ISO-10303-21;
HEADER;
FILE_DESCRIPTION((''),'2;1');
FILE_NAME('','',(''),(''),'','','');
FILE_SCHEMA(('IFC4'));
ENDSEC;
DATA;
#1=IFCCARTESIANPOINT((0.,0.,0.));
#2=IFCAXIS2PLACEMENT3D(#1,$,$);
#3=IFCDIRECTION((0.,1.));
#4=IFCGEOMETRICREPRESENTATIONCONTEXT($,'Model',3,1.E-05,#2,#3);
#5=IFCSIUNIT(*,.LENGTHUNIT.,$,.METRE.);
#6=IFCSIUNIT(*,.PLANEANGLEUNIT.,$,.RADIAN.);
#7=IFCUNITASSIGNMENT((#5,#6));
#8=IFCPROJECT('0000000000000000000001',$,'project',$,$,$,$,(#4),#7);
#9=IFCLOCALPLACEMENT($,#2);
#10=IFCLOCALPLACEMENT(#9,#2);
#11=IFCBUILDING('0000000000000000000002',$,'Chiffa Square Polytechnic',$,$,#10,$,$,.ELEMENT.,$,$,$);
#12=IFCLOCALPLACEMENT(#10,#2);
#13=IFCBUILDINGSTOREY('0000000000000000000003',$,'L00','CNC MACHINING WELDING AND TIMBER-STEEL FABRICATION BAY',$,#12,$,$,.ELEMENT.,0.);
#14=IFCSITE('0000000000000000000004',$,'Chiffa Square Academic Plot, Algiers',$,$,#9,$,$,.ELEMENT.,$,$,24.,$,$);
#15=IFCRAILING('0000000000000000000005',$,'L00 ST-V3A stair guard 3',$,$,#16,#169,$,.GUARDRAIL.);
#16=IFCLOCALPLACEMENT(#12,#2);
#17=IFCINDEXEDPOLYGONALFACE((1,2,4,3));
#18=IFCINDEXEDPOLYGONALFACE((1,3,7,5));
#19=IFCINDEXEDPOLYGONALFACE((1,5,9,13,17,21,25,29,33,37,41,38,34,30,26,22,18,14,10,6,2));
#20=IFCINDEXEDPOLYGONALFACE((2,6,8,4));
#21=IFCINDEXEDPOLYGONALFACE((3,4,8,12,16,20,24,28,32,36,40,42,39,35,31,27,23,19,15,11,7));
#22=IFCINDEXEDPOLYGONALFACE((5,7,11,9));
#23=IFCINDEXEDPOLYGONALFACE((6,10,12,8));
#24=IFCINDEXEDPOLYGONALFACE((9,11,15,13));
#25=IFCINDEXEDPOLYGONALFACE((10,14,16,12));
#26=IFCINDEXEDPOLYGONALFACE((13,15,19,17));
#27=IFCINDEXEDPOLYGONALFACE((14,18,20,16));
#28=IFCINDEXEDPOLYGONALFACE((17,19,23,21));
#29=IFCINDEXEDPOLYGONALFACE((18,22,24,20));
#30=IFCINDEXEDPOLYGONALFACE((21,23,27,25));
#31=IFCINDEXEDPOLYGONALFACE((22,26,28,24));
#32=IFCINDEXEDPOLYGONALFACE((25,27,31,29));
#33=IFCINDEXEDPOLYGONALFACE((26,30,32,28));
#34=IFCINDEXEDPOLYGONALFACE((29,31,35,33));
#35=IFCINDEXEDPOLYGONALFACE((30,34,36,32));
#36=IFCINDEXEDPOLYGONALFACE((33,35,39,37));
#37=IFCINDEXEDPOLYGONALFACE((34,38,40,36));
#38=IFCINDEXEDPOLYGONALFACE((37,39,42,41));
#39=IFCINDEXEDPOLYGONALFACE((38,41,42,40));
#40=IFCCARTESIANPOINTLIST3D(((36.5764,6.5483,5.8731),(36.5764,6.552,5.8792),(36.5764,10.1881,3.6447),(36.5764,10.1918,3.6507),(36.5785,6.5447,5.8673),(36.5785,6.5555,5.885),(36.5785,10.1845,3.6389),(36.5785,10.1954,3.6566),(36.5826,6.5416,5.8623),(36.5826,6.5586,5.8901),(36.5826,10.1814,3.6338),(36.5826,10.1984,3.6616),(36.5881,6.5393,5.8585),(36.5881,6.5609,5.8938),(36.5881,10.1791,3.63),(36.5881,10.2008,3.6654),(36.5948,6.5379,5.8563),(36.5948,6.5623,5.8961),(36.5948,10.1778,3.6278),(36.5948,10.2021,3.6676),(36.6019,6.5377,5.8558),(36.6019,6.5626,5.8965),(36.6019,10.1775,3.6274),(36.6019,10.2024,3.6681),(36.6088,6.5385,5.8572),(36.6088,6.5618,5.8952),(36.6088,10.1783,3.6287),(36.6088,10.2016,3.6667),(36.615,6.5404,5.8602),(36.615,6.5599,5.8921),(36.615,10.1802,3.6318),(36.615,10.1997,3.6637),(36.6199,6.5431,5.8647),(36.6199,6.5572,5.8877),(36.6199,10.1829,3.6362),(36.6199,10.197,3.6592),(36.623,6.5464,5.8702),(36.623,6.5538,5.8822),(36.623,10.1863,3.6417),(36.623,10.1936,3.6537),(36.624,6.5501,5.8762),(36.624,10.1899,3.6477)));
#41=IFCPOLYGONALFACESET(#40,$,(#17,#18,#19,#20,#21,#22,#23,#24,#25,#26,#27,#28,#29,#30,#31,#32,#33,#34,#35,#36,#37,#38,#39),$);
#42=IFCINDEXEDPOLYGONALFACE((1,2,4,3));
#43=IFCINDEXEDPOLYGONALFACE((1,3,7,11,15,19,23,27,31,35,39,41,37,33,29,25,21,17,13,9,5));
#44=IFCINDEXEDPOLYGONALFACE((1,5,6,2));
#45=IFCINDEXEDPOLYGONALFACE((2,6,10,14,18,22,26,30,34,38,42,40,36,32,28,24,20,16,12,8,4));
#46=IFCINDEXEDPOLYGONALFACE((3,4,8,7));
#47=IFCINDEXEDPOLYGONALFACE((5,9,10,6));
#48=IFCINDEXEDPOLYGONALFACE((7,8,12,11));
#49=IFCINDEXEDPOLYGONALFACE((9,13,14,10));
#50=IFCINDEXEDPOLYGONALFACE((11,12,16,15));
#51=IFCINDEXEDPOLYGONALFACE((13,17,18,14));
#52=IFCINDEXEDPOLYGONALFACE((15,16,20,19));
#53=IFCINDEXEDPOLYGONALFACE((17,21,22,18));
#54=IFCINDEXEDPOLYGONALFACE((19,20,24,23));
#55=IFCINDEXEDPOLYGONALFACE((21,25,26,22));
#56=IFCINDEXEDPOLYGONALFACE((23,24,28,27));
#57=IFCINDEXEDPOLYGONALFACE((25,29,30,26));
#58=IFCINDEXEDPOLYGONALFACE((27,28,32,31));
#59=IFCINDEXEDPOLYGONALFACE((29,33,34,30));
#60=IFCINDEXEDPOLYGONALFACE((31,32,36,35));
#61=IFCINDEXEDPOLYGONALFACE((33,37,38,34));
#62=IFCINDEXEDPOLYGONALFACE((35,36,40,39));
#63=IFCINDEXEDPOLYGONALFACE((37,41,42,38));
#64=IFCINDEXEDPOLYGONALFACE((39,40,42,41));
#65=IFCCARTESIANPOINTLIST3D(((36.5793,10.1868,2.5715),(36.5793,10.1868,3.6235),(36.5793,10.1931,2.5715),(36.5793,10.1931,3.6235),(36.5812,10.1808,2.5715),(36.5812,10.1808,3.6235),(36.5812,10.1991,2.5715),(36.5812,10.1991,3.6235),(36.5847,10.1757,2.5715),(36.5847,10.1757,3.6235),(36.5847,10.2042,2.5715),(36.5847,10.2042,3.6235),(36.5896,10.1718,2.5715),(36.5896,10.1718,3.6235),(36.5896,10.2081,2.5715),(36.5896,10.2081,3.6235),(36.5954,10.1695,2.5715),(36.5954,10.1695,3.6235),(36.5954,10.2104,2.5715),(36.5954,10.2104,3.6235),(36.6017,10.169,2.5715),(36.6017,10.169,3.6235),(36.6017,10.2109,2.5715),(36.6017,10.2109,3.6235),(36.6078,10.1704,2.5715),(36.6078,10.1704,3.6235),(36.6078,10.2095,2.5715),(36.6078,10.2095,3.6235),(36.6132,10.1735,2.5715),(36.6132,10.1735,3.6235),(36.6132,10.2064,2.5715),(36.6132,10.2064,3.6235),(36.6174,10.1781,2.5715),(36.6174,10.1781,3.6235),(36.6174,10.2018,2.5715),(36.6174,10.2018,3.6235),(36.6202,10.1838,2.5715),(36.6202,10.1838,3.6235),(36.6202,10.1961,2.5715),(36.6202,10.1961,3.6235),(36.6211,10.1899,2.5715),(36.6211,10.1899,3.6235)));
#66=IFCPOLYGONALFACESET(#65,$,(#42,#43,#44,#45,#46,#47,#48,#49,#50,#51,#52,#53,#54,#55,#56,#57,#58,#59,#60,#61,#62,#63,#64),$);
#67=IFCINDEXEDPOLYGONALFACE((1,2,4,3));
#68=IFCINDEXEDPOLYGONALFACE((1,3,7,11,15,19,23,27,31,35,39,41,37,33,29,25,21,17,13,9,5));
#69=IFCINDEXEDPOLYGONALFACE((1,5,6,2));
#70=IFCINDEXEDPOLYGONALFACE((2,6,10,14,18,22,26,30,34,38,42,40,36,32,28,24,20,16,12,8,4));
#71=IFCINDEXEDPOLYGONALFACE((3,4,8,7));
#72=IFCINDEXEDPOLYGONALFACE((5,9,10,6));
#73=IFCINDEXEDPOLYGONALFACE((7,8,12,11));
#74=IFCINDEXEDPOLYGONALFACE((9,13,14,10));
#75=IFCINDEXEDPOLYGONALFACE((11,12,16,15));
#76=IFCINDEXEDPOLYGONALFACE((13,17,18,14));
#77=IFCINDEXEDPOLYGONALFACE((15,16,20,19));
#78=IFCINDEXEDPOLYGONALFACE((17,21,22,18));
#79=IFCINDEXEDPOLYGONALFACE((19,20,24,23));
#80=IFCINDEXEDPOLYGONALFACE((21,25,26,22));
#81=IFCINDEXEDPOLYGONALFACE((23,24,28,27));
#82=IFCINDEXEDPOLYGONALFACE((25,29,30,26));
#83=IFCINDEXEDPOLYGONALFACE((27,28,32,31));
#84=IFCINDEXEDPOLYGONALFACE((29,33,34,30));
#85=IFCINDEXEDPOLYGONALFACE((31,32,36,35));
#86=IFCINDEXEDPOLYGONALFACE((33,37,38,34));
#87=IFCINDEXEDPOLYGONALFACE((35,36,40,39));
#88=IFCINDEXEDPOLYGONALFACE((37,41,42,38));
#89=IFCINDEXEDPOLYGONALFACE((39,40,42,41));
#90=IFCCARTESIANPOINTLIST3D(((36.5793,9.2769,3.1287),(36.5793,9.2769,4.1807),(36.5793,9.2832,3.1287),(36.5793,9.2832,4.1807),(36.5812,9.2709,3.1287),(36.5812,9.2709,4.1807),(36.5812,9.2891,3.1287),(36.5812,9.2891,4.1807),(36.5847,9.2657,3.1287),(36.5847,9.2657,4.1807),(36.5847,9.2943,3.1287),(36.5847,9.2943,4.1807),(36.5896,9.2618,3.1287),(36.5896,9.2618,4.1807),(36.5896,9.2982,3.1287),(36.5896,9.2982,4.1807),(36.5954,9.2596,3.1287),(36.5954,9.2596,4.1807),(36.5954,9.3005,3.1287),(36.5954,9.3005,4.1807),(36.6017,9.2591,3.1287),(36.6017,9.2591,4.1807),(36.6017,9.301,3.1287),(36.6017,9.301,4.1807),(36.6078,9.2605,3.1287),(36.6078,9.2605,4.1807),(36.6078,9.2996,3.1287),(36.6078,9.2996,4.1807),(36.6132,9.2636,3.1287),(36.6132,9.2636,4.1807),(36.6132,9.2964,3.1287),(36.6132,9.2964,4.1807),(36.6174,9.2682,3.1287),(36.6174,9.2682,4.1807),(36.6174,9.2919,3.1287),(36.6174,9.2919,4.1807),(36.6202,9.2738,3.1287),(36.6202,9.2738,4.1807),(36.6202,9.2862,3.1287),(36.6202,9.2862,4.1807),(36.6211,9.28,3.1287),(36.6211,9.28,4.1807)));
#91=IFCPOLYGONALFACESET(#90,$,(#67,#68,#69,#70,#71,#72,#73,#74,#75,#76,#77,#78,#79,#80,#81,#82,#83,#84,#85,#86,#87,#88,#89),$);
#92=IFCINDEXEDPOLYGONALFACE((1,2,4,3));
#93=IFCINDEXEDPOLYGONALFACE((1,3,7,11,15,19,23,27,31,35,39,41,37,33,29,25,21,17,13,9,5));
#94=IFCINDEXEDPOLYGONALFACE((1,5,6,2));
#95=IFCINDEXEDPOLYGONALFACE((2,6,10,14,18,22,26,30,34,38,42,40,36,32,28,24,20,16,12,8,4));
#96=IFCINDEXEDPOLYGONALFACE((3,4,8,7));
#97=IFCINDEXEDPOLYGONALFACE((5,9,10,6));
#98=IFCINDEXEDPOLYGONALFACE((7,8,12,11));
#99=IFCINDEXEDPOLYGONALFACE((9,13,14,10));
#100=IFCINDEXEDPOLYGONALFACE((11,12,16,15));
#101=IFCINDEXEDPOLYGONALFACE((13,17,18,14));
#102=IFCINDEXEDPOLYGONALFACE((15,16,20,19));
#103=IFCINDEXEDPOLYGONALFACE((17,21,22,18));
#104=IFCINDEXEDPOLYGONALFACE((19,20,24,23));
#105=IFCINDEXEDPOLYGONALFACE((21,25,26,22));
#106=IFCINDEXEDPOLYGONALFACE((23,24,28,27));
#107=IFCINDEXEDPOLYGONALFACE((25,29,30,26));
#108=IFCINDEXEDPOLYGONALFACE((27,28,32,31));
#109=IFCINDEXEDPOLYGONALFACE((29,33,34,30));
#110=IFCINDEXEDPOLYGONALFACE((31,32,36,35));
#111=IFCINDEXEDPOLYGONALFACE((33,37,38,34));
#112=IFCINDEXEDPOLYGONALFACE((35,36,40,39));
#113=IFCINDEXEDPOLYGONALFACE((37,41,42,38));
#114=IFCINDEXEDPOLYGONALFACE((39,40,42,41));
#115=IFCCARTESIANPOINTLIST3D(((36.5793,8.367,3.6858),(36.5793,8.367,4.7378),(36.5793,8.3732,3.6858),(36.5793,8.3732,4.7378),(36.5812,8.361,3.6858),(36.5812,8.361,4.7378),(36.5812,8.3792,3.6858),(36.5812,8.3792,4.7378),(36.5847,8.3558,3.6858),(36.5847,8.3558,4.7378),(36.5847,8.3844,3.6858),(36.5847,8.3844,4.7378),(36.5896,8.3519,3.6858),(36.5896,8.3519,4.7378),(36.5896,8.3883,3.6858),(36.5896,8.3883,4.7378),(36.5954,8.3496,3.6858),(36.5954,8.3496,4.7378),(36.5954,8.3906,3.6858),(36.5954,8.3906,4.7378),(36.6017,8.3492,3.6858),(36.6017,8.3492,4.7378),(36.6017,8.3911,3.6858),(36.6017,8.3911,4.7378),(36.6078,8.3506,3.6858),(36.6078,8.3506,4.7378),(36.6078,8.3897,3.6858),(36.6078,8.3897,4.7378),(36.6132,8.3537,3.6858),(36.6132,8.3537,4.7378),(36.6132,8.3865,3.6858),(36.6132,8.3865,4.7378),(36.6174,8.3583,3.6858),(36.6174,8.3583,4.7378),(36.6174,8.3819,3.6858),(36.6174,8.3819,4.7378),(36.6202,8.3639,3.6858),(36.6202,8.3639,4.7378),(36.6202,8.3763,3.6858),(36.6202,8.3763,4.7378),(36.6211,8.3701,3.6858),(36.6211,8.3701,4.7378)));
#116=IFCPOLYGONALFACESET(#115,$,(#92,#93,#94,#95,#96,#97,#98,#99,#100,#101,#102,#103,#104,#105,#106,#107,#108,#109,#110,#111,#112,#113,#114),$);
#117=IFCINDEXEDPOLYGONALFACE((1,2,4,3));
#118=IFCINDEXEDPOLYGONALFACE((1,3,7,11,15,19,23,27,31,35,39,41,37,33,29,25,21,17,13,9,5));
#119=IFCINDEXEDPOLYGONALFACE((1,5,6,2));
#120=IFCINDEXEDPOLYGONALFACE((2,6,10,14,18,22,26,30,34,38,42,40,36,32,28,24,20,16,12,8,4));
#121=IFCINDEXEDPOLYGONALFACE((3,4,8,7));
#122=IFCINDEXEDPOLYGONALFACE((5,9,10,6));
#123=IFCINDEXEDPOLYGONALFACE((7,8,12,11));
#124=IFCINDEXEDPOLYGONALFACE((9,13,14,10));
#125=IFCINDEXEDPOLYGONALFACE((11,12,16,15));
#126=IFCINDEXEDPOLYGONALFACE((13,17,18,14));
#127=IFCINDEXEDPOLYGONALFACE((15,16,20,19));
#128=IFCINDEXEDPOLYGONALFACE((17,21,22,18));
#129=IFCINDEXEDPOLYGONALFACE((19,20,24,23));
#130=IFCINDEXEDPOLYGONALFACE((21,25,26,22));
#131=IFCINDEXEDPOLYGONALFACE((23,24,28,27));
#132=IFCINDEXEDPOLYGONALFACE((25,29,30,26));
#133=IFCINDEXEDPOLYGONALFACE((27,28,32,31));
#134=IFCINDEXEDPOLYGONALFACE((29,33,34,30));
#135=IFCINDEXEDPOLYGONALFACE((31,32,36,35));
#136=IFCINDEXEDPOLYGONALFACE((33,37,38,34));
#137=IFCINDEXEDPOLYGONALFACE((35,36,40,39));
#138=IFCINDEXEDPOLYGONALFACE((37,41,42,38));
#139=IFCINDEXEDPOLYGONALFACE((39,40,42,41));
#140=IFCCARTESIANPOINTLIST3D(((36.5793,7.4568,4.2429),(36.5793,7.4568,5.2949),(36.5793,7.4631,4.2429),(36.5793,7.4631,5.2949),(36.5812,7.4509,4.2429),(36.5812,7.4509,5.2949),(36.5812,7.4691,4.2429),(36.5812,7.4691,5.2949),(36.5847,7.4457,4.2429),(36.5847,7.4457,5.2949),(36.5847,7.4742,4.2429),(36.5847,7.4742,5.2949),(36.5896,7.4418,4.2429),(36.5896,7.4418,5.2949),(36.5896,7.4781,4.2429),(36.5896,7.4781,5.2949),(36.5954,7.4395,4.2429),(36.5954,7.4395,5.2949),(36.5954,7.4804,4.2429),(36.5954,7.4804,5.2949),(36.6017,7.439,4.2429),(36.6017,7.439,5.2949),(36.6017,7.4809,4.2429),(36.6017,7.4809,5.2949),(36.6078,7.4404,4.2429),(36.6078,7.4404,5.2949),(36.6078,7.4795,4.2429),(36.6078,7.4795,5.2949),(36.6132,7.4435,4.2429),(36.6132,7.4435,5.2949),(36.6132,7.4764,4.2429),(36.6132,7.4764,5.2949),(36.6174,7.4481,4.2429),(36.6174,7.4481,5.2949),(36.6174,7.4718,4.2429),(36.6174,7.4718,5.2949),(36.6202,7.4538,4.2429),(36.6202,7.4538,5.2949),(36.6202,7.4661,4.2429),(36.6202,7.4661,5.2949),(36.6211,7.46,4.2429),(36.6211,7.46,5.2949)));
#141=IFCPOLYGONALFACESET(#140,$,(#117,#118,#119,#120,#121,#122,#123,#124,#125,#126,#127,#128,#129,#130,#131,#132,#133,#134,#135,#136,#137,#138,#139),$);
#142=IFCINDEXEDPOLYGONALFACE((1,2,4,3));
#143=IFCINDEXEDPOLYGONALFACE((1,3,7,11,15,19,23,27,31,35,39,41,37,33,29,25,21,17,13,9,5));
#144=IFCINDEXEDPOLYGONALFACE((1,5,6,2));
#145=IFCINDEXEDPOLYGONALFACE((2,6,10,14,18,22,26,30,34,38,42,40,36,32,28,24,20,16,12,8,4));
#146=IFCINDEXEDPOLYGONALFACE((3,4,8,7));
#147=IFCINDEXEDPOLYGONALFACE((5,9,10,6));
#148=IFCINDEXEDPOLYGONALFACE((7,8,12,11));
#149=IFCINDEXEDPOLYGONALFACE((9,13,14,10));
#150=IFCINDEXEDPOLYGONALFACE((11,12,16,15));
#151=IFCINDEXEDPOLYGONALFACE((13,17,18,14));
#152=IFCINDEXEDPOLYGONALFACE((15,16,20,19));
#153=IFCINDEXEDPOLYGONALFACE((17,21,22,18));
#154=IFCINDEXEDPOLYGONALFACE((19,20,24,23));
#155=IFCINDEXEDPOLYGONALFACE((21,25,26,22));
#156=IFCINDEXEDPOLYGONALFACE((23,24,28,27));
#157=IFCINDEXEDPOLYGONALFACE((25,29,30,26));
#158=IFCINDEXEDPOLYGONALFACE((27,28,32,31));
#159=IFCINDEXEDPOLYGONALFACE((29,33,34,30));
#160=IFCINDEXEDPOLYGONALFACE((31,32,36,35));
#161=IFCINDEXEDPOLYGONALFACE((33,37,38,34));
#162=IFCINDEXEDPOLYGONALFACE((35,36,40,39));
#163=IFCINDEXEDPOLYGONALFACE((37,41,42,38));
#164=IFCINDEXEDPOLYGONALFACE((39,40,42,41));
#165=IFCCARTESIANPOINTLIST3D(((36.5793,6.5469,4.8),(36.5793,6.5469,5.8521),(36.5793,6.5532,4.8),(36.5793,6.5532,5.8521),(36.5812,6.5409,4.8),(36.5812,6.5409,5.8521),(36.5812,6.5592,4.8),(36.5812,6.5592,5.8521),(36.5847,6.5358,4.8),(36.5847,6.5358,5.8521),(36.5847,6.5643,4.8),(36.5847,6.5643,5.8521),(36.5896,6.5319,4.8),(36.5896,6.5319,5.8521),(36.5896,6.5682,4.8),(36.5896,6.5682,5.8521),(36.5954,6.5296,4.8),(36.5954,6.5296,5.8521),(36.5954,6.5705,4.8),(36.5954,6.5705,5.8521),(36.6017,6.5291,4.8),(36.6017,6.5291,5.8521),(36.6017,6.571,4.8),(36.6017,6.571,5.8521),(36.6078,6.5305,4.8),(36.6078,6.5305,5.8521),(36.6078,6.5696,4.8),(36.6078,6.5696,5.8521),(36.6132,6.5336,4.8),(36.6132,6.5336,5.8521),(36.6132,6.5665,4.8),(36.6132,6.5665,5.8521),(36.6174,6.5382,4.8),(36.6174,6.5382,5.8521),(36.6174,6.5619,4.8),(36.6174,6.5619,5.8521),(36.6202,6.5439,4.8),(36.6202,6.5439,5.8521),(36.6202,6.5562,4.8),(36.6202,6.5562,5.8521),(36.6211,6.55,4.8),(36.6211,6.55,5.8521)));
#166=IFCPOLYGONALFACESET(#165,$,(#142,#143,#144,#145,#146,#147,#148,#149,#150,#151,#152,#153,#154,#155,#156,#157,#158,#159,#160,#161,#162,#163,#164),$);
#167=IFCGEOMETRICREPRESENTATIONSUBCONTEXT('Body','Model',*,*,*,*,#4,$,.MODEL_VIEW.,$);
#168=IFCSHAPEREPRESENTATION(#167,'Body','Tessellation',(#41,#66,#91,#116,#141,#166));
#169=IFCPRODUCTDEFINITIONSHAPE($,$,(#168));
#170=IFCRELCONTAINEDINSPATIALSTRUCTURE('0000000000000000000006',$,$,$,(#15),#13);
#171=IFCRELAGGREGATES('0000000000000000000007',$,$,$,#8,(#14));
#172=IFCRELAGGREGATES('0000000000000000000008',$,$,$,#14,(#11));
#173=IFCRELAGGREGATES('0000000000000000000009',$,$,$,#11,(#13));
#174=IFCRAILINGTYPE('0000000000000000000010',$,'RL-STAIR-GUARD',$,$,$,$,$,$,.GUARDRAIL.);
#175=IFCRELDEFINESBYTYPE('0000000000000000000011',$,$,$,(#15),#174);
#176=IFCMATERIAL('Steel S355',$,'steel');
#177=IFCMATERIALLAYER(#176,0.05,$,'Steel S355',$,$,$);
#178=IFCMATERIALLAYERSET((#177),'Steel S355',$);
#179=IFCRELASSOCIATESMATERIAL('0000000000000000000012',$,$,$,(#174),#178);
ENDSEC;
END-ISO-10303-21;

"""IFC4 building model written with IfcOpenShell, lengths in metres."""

from ifc_helpers import new_model, si_unit, direction, frame, origin, origin_2d, place, context, subcontext, project, spatial, circle, extrude, material, layer, layer_set, type_object, element, save


model = new_model("IFC4")

# Units and contexts
model_context = context("Model", 3, precision=1e-05, world=origin(), true_north=direction((0.0, 1.0)))
body_context = subcontext(model_context, "Body", "Model", "MODEL_VIEW")
ifc_project = project(units=[si_unit("LENGTHUNIT", "METRE"), si_unit("PLANEANGLEUNIT", "RADIAN")], contexts=[model_context])

# Site, building, storey
site_placement = place(None, origin())
site = spatial("IfcSite", under=ifc_project, at=site_placement, Name="Chiffa Square Academic Plot, Algiers", CompositionType="ELEMENT", RefElevation=24.0)
building_placement = place(site_placement, origin())
building = spatial("IfcBuilding", under=site, at=building_placement, Name="Chiffa Square Polytechnic", CompositionType="ELEMENT")
storey_placement = place(building_placement, origin())
storey = spatial("IfcBuildingStorey", under=building, at=storey_placement, Name="L00", Description="CNC MACHINING WELDING AND TIMBER-STEEL FABRICATION BAY", CompositionType="ELEMENT", Elevation=0.0)

# Railing
ifc_material_1 = material(Name="Steel S355", Category="steel")
ifc_layer_1 = layer(ifc_material_1, 0.05, Name="Steel S355")
ifc_layer_set_1 = layer_set([ifc_layer_1], Name="Steel S355")
railing_type_1 = type_object("IfcRailingType", Name="RL-STAIR-GUARD", PredefinedType="GUARDRAIL", material=ifc_layer_set_1)
railing_1_placement = place(storey_placement, frame((36.6001, 10.1899, 2.5715)))
element("IfcRailing", 1, at=railing_1_placement, inside=storey, type_object=railing_type_1, Name="L00 ST-V3A stair guard 3", PredefinedType="GUARDRAIL", context=body_context, shape_type="SweptSolid", body=[
    extrude(circle(Radius=0.0239, at=origin_2d()), frame((0.0, 0.0, 1.0762), z_axis=(0.0, -0.85285, 0.522156), x_axis=(1.0, 0.0, 0.0)), (0.0, 0.0, 1.0), 4.2678),
    extrude(circle(Radius=0.021, at=origin_2d()), origin(), (0.0, 0.0, 1.0), 1.052),
    extrude(circle(Radius=0.021, at=origin_2d()), frame((0.0, -0.9099, 0.5571)), (0.0, 0.0, 1.0), 1.052),
    extrude(circle(Radius=0.021, at=origin_2d()), frame((0.0, -1.8198, 1.1143)), (0.0, 0.0, 1.0), 1.052),
    extrude(circle(Radius=0.021, at=origin_2d()), frame((0.0, -2.73, 1.6714)), (0.0, 0.0, 1.0), 1.052),
    extrude(circle(Radius=0.021, at=origin_2d()), frame((0.0, -3.6399, 2.2285)), (0.0, 0.0, 1.0), 1.052),
])

save(model, "model.ifc")
